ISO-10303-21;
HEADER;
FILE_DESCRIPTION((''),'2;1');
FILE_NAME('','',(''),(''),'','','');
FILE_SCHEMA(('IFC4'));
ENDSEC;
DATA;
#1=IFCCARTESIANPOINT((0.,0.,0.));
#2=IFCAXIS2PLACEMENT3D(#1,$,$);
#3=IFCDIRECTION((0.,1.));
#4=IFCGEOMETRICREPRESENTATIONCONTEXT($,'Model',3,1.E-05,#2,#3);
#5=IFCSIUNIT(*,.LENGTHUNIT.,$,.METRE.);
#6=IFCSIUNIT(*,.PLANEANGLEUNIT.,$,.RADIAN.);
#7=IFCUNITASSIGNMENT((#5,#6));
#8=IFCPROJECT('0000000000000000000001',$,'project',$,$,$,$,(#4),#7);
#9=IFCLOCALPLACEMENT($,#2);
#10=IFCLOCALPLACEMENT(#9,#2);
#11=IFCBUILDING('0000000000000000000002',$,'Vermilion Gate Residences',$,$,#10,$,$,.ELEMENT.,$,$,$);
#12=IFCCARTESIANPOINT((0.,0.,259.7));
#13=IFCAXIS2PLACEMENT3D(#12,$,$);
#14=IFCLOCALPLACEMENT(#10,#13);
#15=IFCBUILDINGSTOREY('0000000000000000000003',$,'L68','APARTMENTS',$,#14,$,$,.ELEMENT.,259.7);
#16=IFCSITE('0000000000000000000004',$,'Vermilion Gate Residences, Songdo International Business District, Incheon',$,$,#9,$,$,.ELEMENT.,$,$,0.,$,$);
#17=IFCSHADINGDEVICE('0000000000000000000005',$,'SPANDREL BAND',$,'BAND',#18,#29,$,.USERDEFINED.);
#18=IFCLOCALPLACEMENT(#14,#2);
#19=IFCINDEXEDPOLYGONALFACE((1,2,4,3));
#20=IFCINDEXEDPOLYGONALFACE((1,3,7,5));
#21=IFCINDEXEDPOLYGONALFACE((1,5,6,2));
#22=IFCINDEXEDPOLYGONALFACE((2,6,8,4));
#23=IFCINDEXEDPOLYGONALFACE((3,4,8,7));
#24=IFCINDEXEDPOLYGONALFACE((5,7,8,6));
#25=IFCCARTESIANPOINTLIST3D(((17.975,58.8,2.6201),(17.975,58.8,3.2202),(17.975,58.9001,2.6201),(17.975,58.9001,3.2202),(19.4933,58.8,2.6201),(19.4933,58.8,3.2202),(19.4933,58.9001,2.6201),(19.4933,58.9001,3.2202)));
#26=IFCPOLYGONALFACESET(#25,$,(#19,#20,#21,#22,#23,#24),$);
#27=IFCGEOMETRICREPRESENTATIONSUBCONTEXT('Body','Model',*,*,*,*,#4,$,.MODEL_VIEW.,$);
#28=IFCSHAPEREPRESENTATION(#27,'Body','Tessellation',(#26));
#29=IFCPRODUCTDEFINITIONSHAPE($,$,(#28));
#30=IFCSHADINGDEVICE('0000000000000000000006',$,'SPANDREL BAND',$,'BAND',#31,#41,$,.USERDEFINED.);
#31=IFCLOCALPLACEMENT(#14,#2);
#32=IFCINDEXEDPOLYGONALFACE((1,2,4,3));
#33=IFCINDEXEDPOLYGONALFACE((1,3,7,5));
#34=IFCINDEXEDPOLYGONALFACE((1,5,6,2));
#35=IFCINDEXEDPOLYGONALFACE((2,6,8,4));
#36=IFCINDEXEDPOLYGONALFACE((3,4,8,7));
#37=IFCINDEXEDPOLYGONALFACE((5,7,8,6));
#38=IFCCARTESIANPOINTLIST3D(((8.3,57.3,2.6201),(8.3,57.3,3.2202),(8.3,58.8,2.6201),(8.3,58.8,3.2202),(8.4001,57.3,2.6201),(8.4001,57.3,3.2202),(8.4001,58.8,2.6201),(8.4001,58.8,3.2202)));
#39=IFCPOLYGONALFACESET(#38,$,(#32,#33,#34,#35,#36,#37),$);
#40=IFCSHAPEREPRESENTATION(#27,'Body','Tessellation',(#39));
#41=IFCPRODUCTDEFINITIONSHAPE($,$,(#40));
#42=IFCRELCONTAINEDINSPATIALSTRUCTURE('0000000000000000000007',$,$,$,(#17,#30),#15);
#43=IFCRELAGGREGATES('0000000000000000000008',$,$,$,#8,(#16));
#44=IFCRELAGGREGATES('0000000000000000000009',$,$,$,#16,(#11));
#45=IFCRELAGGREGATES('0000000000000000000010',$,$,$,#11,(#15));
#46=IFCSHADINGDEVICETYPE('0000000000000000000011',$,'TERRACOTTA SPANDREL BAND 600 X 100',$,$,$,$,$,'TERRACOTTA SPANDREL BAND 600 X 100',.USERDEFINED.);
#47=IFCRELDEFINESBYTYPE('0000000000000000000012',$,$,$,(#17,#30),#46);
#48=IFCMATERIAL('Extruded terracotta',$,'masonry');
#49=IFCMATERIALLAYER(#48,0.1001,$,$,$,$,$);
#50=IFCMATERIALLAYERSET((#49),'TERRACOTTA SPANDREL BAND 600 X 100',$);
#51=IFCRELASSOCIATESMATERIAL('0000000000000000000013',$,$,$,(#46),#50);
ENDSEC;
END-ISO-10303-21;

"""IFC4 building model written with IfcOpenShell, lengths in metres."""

from ifc_helpers import new_model, si_unit, direction, frame, origin, origin_2d, place, context, subcontext, project, spatial, rectangle, extrude, material, layer, layer_set, type_object, element, save


model = new_model("IFC4")

# Units and contexts
model_context = context("Model", 3, precision=1e-05, world=origin(), true_north=direction((0.0, 1.0)))
body_context = subcontext(model_context, "Body", "Model", "MODEL_VIEW")
ifc_project = project(units=[si_unit("LENGTHUNIT", "METRE"), si_unit("PLANEANGLEUNIT", "RADIAN")], contexts=[model_context])

# Site, building, storey
site_placement = place(None, origin())
site = spatial("IfcSite", under=ifc_project, at=site_placement, Name="Vermilion Gate Residences, Songdo International Business District, Incheon", CompositionType="ELEMENT", RefElevation=0.0)
building_placement = place(site_placement, origin())
building = spatial("IfcBuilding", under=site, at=building_placement, Name="Vermilion Gate Residences", CompositionType="ELEMENT")
storey_placement = place(building_placement, frame((0.0, 0.0, 259.7)))
storey = spatial("IfcBuildingStorey", under=building, at=storey_placement, Name="L68", Description="APARTMENTS", CompositionType="ELEMENT", Elevation=259.7)

# Shading devices
ifc_material_1 = material(Name="Extruded terracotta", Category="masonry")
ifc_layer_1 = layer(ifc_material_1, 0.1001)
ifc_layer_set_1 = layer_set([ifc_layer_1], Name="TERRACOTTA SPANDREL BAND 600 X 100")
shading_device_type = type_object("IfcShadingDeviceType", Name="TERRACOTTA SPANDREL BAND 600 X 100", ElementType="TERRACOTTA SPANDREL BAND 600 X 100", PredefinedType="USERDEFINED", material=ifc_layer_set_1)
shading_device_1_placement = place(storey_placement, frame((18.7341, 58.8501, 2.6201), z_axis=(0.0, 0.0, 1.0), x_axis=(1.0, 0.0, 0.0)))
element("IfcShadingDevice", 1, at=shading_device_1_placement, inside=storey, type_object=shading_device_type, Name="SPANDREL BAND", ObjectType="BAND", PredefinedType="USERDEFINED", context=body_context, shape_type="SweptSolid", body=[
    extrude(rectangle(XDim=1.5183, YDim=0.1001, at=origin_2d()), origin(), (0.0, 0.0, 1.0), 0.6001),
])
shading_device_2_placement = place(storey_placement, frame((8.3501, 58.05, 2.6201), z_axis=(0.0, 0.0, 1.0), x_axis=(0.0, 1.0, 0.0)))
element("IfcShadingDevice", 2, at=shading_device_2_placement, inside=storey, type_object=shading_device_type, Name="SPANDREL BAND", ObjectType="BAND", PredefinedType="USERDEFINED", context=body_context, shape_type="SweptSolid", body=[
    extrude(rectangle(XDim=1.5, YDim=0.1001, at=origin_2d()), origin(), (0.0, 0.0, 1.0), 0.6001),
])

save(model, "model.ifc")
